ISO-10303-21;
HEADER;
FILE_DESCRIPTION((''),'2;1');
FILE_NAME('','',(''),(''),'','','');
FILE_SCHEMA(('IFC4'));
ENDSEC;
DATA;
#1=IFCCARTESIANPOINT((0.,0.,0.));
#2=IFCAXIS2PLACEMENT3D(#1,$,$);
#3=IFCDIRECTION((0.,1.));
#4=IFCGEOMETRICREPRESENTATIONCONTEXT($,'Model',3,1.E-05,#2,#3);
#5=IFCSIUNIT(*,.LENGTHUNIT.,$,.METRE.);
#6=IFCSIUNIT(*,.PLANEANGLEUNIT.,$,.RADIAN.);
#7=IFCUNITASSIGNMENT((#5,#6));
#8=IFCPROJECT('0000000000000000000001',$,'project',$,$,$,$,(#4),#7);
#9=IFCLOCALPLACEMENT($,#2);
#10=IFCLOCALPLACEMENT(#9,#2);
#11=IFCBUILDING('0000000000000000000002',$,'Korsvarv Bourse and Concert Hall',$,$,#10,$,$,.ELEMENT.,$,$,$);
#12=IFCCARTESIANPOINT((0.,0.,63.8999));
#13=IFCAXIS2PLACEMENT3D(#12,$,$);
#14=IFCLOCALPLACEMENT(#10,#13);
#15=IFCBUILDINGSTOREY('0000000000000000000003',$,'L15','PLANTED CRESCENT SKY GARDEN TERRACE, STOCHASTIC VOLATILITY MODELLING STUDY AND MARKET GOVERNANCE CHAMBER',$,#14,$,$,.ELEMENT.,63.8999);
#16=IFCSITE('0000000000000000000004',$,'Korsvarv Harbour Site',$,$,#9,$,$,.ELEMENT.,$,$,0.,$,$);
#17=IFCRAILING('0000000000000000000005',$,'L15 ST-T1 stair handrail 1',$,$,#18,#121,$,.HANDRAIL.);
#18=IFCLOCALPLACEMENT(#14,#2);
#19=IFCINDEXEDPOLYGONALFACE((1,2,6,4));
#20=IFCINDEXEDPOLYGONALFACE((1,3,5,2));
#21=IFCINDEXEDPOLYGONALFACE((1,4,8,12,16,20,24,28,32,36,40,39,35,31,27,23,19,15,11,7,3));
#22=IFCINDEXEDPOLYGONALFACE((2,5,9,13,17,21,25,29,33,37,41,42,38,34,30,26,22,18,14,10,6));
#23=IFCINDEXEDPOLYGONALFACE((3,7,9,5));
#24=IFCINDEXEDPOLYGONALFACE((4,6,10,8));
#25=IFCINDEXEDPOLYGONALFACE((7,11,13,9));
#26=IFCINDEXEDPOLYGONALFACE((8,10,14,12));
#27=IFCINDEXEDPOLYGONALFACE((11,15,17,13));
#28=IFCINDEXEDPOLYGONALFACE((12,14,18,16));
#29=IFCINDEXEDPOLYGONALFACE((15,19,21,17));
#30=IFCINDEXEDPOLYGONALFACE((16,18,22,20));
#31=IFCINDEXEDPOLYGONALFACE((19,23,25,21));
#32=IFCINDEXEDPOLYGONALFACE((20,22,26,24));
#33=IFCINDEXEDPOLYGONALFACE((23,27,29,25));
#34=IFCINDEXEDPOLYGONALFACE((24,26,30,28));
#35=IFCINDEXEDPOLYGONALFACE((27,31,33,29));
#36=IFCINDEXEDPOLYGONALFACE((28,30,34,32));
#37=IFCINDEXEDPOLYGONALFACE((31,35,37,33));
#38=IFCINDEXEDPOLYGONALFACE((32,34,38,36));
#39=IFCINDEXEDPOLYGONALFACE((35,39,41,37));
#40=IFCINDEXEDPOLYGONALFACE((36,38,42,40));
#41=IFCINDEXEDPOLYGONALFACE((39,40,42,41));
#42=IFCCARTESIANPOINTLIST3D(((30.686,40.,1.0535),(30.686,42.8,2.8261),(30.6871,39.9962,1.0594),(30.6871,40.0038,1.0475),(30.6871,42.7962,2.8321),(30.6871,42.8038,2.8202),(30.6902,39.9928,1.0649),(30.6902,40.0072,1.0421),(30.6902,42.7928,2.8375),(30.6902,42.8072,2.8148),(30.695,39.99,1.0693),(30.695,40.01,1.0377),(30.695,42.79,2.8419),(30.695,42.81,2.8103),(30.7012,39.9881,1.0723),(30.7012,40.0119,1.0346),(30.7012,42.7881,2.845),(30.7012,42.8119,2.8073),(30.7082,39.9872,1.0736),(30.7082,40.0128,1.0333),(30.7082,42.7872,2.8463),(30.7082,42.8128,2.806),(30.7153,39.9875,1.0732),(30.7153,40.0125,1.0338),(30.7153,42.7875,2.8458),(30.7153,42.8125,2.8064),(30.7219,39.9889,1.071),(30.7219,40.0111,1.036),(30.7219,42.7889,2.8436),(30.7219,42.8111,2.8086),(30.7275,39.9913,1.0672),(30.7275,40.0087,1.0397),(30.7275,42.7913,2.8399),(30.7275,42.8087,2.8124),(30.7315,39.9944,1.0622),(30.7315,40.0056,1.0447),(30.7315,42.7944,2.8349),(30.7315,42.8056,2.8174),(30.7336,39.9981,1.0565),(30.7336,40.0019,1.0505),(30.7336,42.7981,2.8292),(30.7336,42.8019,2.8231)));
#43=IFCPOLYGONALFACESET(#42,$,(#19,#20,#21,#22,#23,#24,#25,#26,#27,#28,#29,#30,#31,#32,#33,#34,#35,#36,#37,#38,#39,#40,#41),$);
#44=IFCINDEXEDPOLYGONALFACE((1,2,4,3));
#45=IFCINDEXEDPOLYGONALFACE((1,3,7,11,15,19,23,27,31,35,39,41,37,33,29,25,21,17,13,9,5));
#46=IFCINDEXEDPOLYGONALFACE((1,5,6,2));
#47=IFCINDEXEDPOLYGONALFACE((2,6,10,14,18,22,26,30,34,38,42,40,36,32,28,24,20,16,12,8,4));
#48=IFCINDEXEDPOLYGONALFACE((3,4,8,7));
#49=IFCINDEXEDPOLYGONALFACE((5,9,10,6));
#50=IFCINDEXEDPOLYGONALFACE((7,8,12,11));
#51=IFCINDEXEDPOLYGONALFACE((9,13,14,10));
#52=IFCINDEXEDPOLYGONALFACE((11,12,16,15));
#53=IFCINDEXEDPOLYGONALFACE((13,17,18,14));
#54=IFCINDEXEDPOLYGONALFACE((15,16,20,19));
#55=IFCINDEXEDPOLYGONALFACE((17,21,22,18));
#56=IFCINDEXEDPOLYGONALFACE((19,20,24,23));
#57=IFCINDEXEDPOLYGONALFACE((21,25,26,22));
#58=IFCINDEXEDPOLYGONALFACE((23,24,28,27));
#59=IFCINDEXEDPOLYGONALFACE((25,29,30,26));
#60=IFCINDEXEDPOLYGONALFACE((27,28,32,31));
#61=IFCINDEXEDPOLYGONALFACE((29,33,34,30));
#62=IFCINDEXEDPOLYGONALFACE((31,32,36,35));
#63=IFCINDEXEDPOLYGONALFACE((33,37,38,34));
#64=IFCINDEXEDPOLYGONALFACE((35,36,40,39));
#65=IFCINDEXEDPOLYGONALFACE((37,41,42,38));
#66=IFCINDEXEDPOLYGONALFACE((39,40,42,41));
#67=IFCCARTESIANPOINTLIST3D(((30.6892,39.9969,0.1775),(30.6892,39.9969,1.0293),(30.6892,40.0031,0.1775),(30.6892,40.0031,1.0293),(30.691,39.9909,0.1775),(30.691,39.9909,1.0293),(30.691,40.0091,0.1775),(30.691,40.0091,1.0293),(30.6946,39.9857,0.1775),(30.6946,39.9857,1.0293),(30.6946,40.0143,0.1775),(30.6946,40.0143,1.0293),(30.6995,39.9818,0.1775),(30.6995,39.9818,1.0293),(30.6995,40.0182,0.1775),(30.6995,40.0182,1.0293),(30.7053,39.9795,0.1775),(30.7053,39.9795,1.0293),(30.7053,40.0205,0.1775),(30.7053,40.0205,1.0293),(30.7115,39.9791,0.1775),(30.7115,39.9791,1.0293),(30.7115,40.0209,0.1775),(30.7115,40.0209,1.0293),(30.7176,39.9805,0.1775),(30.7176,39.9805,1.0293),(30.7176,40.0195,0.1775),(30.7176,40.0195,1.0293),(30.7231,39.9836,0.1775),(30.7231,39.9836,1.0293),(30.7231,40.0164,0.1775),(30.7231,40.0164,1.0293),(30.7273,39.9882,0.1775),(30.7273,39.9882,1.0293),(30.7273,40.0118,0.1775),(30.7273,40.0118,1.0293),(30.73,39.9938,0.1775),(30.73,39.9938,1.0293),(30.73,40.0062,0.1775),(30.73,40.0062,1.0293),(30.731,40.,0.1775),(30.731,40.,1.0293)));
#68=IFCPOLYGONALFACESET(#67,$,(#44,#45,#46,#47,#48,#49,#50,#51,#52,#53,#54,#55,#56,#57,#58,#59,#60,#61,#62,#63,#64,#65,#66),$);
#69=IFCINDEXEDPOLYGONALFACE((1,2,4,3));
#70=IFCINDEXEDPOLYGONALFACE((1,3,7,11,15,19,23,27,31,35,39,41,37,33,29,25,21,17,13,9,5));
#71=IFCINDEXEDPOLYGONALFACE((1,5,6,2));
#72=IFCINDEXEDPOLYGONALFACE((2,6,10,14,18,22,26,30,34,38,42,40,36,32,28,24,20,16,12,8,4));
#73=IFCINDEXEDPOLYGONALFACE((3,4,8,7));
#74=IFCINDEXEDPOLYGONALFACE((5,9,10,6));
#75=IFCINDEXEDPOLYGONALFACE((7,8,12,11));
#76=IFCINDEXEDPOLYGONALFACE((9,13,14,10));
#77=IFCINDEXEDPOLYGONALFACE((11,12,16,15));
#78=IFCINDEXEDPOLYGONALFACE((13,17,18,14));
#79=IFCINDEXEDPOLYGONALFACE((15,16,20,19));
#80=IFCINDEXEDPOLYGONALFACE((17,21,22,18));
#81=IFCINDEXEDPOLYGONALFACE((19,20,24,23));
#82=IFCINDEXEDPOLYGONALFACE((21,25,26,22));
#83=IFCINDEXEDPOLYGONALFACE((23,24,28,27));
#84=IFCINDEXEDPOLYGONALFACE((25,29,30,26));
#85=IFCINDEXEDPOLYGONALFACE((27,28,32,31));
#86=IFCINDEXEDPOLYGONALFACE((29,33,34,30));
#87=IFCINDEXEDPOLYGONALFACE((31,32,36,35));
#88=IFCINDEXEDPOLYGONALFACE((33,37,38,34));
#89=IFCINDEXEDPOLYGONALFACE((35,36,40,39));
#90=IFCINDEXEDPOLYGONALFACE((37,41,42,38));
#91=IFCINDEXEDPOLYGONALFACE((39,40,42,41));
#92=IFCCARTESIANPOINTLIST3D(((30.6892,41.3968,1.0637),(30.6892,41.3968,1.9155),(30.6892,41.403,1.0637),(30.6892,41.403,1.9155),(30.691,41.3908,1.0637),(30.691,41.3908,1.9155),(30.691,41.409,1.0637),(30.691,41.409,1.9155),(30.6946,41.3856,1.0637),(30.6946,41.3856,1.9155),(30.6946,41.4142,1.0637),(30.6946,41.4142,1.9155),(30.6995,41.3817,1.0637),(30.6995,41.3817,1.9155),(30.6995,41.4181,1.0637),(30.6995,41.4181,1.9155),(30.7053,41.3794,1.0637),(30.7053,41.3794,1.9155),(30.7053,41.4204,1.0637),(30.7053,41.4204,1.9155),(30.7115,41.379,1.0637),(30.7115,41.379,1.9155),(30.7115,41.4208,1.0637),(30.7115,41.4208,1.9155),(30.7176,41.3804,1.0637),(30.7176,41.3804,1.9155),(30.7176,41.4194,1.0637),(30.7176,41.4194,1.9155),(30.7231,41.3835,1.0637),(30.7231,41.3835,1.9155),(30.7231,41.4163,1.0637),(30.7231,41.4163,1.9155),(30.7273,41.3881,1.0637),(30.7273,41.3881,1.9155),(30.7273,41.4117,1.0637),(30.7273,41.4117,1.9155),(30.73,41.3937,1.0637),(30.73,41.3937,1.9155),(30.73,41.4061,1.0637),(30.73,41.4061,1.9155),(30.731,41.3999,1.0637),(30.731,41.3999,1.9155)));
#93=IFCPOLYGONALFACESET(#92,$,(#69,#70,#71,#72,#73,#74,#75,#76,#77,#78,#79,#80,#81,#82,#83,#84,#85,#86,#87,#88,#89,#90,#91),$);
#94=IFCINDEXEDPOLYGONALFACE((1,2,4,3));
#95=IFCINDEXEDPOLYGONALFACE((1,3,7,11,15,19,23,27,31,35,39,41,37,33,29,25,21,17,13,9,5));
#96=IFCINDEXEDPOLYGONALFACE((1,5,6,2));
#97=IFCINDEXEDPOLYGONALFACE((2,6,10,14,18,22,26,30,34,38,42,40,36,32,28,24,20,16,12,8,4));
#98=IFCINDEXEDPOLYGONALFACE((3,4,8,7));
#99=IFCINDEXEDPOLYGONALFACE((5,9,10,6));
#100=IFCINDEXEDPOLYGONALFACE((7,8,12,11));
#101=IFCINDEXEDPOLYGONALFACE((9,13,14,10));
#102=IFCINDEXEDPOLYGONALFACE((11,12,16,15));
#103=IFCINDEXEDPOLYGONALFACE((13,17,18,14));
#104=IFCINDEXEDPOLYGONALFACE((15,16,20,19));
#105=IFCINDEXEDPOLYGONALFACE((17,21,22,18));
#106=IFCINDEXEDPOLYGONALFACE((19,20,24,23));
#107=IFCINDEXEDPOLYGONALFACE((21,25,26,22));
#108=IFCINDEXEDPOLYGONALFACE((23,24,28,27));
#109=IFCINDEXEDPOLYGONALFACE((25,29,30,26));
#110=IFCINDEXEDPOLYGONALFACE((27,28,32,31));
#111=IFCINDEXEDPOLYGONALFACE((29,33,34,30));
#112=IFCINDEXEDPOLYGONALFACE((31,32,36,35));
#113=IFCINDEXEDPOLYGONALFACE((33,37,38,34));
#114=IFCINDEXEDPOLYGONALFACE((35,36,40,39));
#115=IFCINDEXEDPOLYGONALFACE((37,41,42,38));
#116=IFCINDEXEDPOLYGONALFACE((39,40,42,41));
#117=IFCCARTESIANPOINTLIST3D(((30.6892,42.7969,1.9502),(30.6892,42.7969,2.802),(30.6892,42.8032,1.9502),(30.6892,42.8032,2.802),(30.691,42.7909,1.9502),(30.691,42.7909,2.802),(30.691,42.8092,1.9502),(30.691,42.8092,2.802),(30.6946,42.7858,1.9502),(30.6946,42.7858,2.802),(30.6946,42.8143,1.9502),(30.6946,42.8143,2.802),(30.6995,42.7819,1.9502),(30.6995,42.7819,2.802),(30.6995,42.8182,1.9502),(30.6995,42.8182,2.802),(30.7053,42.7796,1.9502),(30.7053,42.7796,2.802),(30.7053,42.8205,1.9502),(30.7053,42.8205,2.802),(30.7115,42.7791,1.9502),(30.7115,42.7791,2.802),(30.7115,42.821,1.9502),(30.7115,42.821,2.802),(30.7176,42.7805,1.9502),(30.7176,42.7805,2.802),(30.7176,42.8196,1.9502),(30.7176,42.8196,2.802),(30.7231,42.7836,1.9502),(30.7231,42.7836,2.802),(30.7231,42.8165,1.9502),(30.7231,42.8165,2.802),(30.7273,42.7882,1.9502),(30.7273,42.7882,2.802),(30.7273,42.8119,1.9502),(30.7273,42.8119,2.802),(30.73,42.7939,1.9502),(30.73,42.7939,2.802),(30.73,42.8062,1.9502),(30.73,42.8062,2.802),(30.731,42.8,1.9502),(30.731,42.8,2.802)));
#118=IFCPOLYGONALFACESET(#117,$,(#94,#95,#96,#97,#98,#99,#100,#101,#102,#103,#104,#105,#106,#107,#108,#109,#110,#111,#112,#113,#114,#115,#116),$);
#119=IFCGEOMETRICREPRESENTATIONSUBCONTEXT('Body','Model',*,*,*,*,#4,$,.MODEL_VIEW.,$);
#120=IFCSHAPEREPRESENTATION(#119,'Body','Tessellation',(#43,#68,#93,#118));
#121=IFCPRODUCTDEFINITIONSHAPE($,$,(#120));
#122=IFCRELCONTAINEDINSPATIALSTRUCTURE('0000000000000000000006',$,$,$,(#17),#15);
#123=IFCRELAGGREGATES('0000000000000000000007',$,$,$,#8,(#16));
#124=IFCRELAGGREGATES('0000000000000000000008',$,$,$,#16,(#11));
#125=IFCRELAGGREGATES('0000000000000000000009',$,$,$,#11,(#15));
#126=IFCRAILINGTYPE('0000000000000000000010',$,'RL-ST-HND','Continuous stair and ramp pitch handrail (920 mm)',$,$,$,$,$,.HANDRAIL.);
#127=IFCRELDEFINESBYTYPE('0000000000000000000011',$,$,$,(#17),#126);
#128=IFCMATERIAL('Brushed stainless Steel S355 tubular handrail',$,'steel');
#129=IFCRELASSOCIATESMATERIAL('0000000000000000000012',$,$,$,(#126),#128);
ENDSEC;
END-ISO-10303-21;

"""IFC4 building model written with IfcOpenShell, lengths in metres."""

from ifc_helpers import new_model, si_unit, direction, frame, origin, origin_2d, place, context, subcontext, project, spatial, circle, extrude, material, type_object, element, save


model = new_model("IFC4")

# Units and contexts
model_context = context("Model", 3, precision=1e-05, world=origin(), true_north=direction((0.0, 1.0)))
body_context = subcontext(model_context, "Body", "Model", "MODEL_VIEW")
ifc_project = project(units=[si_unit("LENGTHUNIT", "METRE"), si_unit("PLANEANGLEUNIT", "RADIAN")], contexts=[model_context])

# Site, building, storey
site_placement = place(None, origin())
site = spatial("IfcSite", under=ifc_project, at=site_placement, Name="Korsvarv Harbour Site", CompositionType="ELEMENT", RefElevation=0.0)
building_placement = place(site_placement, origin())
building = spatial("IfcBuilding", under=site, at=building_placement, Name="Korsvarv Bourse and Concert Hall", CompositionType="ELEMENT")
storey_placement = place(building_placement, frame((0.0, 0.0, 63.8999)))
storey = spatial("IfcBuildingStorey", under=building, at=storey_placement, Name="L15", Description="PLANTED CRESCENT SKY GARDEN TERRACE, STOCHASTIC VOLATILITY MODELLING STUDY AND MARKET GOVERNANCE CHAMBER", CompositionType="ELEMENT", Elevation=63.8999)

# Railing
ifc_material_1 = material(Name="Brushed stainless Steel S355 tubular handrail", Category="steel")
railing_type_1 = type_object("IfcRailingType", Name="RL-ST-HND", Description="Continuous stair and ramp pitch handrail (920 mm)", PredefinedType="HANDRAIL", material=ifc_material_1)
railing_1_placement = place(storey_placement, frame((30.71, 40.0, 0.1775)))
element("IfcRailing", 1, at=railing_1_placement, inside=storey, type_object=railing_type_1, Name="L15 ST-T1 stair handrail 1", PredefinedType="HANDRAIL", context=body_context, shape_type="SweptSolid", body=[
    extrude(circle(Radius=0.0239, at=origin_2d()), frame((0.0, 0.0, 0.876), z_axis=(0.0, 0.844909, 0.53491), x_axis=(-1.0, 0.0, 0.0)), (0.0, 0.0, 1.0), 3.314),
    extrude(circle(Radius=0.021, at=origin_2d()), origin(), (0.0, 0.0, 1.0), 0.8518),
    extrude(circle(Radius=0.021, at=origin_2d()), frame((0.0, 1.3999, 0.8862)), (0.0, 0.0, 1.0), 0.8518),
    extrude(circle(Radius=0.021, at=origin_2d()), frame((0.0, 2.8, 1.7727)), (0.0, 0.0, 1.0), 0.8518),
])

save(model, "model.ifc")
